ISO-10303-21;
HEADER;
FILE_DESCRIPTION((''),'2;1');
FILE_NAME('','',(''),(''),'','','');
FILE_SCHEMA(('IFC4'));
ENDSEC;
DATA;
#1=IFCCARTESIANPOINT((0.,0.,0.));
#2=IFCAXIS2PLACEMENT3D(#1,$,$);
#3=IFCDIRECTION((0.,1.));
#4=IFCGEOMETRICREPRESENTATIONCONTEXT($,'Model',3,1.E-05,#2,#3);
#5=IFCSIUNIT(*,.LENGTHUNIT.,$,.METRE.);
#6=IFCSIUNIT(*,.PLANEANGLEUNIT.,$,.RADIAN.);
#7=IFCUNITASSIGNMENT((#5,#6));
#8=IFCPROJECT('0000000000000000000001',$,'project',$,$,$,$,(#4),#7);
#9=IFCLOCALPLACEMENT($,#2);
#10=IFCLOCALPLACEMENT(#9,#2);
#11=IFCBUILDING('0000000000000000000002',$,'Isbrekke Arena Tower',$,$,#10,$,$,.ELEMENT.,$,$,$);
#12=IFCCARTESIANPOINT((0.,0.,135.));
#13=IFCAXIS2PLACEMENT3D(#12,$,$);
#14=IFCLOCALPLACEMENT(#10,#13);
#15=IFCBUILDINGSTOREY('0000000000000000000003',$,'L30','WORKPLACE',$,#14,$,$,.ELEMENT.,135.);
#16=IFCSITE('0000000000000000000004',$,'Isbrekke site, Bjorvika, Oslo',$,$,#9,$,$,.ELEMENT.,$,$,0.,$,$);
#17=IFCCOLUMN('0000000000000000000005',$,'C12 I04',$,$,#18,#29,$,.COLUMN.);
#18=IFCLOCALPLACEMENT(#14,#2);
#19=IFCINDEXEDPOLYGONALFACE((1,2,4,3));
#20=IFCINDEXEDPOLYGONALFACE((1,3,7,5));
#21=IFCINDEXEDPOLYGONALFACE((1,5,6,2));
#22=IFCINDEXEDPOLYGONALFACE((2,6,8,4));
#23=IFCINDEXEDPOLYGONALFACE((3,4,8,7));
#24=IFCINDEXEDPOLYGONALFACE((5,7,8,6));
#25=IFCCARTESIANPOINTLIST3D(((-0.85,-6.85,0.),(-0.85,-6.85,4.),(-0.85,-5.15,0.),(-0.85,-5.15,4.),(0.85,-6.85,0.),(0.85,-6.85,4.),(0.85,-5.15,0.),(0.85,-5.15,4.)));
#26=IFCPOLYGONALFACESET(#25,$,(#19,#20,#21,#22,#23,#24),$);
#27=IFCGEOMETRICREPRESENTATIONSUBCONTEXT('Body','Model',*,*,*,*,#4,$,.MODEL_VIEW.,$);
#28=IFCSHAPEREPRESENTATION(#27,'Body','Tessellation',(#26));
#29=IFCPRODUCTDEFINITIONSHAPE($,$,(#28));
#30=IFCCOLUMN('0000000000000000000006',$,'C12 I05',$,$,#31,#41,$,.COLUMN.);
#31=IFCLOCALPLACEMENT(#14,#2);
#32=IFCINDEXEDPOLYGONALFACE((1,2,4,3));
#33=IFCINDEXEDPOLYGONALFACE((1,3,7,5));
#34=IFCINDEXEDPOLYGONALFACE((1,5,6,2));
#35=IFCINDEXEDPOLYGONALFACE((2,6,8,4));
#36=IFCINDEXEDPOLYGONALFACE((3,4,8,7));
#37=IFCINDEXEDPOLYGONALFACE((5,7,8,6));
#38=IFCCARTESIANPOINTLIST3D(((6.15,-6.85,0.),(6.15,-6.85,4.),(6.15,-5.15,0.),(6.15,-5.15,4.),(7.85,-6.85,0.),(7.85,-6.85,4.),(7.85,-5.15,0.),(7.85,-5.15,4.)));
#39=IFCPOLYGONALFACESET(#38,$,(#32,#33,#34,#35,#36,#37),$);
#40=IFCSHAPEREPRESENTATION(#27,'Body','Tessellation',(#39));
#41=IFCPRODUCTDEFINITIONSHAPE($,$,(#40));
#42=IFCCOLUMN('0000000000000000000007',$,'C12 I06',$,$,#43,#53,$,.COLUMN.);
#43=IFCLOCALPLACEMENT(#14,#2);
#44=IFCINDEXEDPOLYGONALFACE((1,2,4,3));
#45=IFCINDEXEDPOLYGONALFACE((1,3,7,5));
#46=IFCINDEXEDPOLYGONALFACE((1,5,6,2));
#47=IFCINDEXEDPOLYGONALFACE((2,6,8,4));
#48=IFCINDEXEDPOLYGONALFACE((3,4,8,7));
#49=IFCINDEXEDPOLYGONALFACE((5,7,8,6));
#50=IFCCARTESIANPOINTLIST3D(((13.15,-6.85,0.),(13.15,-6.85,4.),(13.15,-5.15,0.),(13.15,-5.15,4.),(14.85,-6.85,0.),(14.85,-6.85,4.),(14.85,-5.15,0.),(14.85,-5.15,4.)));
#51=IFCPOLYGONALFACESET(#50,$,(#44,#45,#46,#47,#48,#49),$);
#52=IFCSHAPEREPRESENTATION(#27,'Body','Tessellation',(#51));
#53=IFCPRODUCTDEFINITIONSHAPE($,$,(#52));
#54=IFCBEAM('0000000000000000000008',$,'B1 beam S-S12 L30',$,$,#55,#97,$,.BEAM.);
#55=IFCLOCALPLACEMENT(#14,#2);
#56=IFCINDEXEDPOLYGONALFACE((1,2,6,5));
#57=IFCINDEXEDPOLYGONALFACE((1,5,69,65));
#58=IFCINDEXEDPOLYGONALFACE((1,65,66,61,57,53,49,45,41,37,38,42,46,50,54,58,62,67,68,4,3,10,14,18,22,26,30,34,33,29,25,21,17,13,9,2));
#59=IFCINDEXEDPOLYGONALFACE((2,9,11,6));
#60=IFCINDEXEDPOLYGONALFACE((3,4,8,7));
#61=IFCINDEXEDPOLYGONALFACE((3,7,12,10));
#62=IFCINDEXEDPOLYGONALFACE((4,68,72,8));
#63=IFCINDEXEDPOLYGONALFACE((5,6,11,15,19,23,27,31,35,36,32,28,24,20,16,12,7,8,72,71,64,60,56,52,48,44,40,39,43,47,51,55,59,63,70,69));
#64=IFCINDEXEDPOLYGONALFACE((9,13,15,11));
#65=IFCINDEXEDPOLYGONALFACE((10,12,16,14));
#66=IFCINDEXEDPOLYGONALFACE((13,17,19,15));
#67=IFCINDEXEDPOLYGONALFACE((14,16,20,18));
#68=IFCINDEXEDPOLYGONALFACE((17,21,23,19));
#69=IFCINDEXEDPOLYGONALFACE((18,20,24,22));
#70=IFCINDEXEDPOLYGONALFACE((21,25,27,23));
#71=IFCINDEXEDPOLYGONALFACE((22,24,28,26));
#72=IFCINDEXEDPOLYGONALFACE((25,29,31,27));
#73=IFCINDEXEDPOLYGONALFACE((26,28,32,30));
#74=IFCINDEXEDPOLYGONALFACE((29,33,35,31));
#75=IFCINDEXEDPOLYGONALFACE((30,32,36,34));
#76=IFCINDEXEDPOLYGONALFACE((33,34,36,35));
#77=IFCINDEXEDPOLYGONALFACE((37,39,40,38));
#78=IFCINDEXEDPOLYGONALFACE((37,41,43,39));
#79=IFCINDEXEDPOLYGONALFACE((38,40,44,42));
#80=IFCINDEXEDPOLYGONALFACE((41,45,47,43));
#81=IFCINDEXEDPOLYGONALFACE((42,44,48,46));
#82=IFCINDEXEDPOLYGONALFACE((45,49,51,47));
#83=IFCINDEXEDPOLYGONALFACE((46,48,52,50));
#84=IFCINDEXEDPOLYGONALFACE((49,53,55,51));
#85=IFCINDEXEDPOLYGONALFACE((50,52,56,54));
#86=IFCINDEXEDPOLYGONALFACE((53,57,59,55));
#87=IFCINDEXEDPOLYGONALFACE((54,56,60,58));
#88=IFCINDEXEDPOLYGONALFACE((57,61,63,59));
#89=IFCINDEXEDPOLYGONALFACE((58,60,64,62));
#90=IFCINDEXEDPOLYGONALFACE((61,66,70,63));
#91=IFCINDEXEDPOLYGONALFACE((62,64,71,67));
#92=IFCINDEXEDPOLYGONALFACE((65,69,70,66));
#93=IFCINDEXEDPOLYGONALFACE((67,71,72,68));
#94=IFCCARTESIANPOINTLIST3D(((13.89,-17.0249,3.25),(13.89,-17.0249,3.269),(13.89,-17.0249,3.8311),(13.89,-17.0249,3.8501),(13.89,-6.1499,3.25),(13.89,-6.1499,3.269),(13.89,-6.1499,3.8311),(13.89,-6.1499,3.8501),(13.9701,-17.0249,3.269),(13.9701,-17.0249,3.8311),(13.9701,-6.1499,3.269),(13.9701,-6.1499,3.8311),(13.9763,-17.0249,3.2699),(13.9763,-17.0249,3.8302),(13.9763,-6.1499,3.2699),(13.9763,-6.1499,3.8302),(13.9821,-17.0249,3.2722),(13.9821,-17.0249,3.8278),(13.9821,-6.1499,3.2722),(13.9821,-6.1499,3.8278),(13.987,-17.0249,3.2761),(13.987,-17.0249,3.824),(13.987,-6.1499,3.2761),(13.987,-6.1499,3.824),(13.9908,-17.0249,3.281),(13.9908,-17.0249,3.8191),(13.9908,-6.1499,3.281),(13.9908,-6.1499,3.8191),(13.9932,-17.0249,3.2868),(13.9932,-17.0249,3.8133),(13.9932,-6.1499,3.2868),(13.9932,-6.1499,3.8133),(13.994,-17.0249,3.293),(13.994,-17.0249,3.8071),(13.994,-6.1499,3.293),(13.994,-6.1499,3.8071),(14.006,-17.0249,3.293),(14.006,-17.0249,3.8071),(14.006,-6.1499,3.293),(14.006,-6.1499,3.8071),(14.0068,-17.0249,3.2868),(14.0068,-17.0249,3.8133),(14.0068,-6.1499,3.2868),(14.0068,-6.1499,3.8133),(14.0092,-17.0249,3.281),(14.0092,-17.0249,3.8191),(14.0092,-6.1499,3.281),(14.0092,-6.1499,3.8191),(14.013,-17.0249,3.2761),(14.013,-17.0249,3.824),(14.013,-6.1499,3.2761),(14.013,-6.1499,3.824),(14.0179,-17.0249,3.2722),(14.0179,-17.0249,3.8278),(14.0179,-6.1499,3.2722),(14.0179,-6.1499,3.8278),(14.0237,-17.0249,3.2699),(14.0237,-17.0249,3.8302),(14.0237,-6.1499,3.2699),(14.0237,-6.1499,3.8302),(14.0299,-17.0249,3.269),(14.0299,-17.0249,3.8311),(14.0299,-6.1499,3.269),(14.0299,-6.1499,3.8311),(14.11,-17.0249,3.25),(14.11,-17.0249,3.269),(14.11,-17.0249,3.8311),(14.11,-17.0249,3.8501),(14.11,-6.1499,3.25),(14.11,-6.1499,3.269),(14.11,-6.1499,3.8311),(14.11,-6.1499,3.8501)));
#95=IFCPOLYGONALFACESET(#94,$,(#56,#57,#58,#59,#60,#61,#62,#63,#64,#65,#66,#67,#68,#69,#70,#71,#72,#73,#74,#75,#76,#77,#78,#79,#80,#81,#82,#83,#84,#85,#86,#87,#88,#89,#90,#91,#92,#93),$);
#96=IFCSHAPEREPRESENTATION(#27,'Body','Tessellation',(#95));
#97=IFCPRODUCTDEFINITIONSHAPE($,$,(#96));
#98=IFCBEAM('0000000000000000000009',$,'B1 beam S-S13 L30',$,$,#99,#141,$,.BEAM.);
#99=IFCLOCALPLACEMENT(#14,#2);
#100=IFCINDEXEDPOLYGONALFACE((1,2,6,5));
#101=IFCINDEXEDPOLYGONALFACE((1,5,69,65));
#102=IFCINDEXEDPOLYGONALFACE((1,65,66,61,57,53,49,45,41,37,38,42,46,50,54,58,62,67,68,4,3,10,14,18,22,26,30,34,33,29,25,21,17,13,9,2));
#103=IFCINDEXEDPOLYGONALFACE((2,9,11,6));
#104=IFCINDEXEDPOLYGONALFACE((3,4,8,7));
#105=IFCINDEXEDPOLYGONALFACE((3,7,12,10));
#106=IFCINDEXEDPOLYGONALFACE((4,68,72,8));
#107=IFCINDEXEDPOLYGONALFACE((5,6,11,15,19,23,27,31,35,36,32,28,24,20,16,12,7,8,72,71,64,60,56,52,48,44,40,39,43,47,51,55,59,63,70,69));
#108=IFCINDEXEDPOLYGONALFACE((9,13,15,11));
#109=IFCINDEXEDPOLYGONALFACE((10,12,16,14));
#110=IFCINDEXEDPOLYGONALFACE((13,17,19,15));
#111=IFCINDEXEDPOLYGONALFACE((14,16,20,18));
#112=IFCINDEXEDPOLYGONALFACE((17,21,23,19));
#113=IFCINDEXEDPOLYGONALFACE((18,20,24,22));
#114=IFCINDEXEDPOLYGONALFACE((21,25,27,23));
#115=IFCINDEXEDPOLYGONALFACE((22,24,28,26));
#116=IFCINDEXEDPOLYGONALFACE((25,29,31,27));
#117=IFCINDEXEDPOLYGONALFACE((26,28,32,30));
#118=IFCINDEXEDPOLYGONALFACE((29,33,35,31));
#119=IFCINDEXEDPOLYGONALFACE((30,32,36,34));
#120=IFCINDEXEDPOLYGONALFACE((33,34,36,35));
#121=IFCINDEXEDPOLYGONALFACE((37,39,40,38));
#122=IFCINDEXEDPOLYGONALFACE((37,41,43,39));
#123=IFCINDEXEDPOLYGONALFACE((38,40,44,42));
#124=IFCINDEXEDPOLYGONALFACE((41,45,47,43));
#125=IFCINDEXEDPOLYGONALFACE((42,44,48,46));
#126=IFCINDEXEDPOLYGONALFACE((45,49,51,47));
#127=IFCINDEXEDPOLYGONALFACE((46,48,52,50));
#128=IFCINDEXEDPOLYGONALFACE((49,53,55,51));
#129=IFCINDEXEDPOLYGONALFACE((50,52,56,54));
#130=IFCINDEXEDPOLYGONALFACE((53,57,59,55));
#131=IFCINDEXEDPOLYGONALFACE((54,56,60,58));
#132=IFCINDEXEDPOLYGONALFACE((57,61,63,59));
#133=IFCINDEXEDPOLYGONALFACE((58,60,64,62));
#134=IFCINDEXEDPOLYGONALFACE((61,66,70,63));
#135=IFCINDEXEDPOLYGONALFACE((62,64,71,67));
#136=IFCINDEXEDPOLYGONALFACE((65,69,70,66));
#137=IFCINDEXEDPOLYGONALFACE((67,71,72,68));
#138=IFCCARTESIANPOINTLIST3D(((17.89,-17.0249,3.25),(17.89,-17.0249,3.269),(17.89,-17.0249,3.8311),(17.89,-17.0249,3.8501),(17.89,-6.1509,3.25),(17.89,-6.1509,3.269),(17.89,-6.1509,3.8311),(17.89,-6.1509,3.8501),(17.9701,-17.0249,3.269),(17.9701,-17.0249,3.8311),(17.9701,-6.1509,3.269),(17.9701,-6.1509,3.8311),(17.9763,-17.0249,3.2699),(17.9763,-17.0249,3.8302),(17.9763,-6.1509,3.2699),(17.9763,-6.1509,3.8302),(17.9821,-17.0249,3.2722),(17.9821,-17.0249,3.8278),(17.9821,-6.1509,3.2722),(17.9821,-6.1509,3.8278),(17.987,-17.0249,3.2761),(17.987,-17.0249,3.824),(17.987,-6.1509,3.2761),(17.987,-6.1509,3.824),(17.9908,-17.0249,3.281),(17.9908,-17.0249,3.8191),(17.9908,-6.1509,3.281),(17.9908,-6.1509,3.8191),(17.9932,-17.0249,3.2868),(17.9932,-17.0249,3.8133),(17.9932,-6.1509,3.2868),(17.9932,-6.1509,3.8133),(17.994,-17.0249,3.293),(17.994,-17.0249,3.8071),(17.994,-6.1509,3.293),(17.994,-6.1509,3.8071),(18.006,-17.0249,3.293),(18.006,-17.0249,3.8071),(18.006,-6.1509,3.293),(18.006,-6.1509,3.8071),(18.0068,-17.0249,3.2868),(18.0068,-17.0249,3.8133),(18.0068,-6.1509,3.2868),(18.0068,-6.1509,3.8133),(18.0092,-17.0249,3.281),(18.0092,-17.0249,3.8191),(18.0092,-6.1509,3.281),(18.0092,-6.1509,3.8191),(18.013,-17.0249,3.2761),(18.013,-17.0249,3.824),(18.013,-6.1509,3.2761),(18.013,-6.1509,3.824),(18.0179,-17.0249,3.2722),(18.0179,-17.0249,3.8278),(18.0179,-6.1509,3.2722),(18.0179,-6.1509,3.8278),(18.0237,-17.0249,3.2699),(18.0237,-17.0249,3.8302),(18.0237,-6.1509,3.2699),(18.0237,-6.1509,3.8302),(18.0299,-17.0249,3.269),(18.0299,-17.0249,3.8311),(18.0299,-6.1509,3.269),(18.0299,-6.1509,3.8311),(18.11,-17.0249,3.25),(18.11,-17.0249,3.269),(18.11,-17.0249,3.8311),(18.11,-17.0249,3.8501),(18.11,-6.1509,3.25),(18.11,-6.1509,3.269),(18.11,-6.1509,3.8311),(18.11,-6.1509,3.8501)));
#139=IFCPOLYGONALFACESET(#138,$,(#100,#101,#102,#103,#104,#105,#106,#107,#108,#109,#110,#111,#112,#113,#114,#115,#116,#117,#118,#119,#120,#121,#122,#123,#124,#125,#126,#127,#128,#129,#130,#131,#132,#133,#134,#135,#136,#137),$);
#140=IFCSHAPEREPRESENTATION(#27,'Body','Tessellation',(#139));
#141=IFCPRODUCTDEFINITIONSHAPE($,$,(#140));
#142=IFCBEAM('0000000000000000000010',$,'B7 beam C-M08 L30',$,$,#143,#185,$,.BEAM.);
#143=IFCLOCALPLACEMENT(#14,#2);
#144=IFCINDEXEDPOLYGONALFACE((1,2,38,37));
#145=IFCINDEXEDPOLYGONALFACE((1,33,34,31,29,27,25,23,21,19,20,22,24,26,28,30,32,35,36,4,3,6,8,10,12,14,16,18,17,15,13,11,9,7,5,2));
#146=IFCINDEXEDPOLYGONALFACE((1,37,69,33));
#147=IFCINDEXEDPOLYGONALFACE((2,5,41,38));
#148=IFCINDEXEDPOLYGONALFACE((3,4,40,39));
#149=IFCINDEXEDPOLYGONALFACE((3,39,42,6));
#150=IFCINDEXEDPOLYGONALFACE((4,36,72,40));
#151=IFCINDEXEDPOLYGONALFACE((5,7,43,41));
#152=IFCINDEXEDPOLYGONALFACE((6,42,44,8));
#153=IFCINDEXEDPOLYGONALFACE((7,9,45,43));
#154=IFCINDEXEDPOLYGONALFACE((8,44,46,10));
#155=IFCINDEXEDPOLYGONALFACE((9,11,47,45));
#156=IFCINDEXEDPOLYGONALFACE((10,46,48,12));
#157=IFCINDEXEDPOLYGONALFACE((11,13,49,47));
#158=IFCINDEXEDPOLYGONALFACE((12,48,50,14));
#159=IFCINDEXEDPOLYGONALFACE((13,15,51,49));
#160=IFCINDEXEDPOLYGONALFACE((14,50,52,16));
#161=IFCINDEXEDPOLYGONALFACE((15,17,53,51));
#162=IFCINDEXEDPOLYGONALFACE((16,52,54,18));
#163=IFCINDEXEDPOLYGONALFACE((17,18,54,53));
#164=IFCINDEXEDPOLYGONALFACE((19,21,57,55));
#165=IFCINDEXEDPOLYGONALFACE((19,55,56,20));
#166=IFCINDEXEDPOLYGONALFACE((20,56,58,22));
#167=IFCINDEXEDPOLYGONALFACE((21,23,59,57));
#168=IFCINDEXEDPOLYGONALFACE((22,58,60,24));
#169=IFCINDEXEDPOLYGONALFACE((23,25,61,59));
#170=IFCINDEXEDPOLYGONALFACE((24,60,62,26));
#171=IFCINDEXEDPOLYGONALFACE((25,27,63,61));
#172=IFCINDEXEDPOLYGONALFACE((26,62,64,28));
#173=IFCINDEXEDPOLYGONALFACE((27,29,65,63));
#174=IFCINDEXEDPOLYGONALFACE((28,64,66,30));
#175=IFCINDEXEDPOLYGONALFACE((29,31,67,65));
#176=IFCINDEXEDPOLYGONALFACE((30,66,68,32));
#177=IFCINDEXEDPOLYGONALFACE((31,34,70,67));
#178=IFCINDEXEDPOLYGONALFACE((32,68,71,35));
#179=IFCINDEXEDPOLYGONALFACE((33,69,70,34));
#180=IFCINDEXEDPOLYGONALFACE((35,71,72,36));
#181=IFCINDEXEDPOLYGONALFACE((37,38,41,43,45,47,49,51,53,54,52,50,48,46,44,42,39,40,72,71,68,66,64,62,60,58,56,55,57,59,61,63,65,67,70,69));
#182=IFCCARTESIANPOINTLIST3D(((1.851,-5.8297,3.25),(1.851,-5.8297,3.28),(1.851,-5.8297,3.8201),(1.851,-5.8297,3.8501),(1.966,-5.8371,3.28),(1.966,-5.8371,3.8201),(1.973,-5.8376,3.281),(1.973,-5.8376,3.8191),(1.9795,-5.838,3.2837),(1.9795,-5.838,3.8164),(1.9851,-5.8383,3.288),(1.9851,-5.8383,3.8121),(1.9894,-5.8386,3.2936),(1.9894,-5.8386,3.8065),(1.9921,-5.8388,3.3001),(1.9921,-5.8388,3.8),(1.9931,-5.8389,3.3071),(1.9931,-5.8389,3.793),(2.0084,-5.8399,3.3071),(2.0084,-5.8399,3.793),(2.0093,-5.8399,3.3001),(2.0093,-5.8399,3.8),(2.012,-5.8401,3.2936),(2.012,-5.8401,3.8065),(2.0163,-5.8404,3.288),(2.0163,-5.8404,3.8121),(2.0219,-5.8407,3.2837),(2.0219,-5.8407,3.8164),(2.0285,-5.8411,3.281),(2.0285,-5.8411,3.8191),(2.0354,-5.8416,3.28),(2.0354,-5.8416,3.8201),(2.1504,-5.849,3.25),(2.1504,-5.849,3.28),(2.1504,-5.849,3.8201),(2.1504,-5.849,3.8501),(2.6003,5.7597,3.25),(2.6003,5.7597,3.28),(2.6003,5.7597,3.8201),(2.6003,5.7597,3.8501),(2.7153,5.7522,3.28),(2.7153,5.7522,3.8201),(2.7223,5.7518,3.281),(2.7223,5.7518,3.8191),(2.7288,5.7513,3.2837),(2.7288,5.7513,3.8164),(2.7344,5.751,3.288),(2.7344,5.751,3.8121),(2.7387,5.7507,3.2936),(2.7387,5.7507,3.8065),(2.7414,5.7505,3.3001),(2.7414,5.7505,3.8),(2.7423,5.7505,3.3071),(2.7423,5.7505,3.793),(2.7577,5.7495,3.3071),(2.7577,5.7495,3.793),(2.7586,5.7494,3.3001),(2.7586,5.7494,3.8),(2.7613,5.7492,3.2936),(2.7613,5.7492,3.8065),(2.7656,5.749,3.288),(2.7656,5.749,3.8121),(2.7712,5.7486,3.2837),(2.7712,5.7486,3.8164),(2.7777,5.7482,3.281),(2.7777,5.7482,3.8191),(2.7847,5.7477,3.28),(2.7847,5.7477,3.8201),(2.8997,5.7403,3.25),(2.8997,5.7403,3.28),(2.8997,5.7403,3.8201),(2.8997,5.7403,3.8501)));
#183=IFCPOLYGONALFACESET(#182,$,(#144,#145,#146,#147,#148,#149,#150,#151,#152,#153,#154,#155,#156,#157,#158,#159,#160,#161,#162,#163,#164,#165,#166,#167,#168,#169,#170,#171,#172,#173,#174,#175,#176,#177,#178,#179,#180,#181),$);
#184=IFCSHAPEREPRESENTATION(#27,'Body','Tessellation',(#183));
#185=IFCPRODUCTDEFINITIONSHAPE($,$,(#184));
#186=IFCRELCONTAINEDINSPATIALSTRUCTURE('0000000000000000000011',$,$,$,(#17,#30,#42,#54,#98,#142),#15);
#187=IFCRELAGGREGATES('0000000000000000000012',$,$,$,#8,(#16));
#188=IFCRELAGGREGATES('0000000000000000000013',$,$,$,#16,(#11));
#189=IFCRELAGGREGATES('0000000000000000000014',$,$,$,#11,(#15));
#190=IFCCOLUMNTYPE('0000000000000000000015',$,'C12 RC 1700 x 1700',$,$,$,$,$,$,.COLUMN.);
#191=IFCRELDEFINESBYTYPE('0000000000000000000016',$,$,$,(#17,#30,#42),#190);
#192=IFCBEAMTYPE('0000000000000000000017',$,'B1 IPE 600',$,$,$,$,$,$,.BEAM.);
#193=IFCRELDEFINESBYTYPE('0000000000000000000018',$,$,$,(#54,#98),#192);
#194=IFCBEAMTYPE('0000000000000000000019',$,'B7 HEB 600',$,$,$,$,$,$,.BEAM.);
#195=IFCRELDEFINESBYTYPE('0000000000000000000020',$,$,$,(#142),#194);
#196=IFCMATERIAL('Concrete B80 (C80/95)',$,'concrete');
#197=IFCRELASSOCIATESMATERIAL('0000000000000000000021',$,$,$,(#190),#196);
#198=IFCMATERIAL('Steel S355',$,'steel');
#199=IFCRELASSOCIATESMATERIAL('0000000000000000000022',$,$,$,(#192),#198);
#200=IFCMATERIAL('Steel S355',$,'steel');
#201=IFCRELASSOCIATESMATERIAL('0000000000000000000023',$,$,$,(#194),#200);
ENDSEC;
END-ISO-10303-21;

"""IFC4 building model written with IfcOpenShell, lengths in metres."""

from ifc_helpers import new_model, si_unit, direction, frame, origin, origin_2d, place, context, subcontext, project, spatial, rectangle, i_section, extrude, material, material_profile, profile_set, type_object, element, save


model = new_model("IFC4")

# Units and contexts
model_context = context("Model", 3, precision=1e-05, world=origin(), true_north=direction((0.0, 1.0)))
body_context = subcontext(model_context, "Body", "Model", "MODEL_VIEW")
ifc_project = project(units=[si_unit("LENGTHUNIT", "METRE"), si_unit("PLANEANGLEUNIT", "RADIAN")], contexts=[model_context])

# Site, building, storey
site_placement = place(None, origin())
site = spatial("IfcSite", under=ifc_project, at=site_placement, Name="Isbrekke site, Bjorvika, Oslo", CompositionType="ELEMENT", RefElevation=0.0)
building_placement = place(site_placement, origin())
building = spatial("IfcBuilding", under=site, at=building_placement, Name="Isbrekke Arena Tower", CompositionType="ELEMENT")
storey_placement = place(building_placement, frame((0.0, 0.0, 135.0)))
storey = spatial("IfcBuildingStorey", under=building, at=storey_placement, Name="L30", Description="WORKPLACE", CompositionType="ELEMENT", Elevation=135.0)

# Columns
ifc_material_1 = material(Name="Concrete B80 (C80/95)", Category="concrete")
ifc_material_profile_1 = material_profile(ifc_material_1, rectangle(XDim=1.7, YDim=1.7, at=origin_2d()), Name="RC 1700x1700")
ifc_profile_set_1 = profile_set([ifc_material_profile_1], Name="Concrete B80 (C80/95)")
column_type = type_object("IfcColumnType", Name="C12 RC 1700 x 1700", PredefinedType="COLUMN", material=ifc_profile_set_1)
for number, where, z_axis, x_axis, name in (
    (1, (0.0, -6.0, 0.0), (0.0, 0.0, 1.0), (1.0, 0.0, 0.0), "C12 I04"),
    (2, (7.0, -6.0, 0.0), (0.0, 0.0, 1.0), (1.0, 0.0, 0.0), "C12 I05"),
    (3, (14.0, -6.0, 0.0), (0.0, 0.0, 1.0), (1.0, 0.0, 0.0), "C12 I06"),
):
    element("IfcColumn", number, at=place(storey_placement, frame(where, z_axis=z_axis, x_axis=x_axis)), inside=storey, type_object=column_type, Name=name, PredefinedType="COLUMN", context=body_context, shape_type="SweptSolid", body=[
        extrude(rectangle(XDim=1.7, YDim=1.7, at=origin_2d()), origin(), (0.0, 0.0, 1.0), 4.0),
    ])

# Beams
ifc_material_2 = material(Name="Steel S355", Category="steel")
ifc_material_profile_2 = material_profile(ifc_material_2, i_section(OverallWidth=0.22, OverallDepth=0.6001, WebThickness=0.012, FlangeThickness=0.019, FilletRadius=0.0239, at=origin_2d()), Name="IPE 600")
ifc_profile_set_2 = profile_set([ifc_material_profile_2], Name="Steel S355")
beam_type_1 = type_object("IfcBeamType", Name="B1 IPE 600", PredefinedType="BEAM", material=ifc_profile_set_2)
beam_1_placement = place(storey_placement, frame((14.0, -17.0249, 3.55), z_axis=(0.0, 1.0, 0.0), x_axis=(-1.0, 0.0, 0.0)))
element("IfcBeam", 4, at=beam_1_placement, inside=storey, type_object=beam_type_1, Name="B1 beam S-S12 L30", PredefinedType="BEAM", context=body_context, shape_type="SweptSolid", body=[
    extrude(i_section(OverallWidth=0.22, OverallDepth=0.6001, WebThickness=0.012, FlangeThickness=0.019, FilletRadius=0.0239, at=origin_2d()), origin(), (0.0, 0.0, 1.0), 10.875),
])
beam_2_placement = place(storey_placement, frame((18.0, -17.0249, 3.55), z_axis=(0.0, 1.0, 0.0), x_axis=(-1.0, 0.0, 0.0)))
element("IfcBeam", 5, at=beam_2_placement, inside=storey, type_object=beam_type_1, Name="B1 beam S-S13 L30", PredefinedType="BEAM", context=body_context, shape_type="SweptSolid", body=[
    extrude(i_section(OverallWidth=0.22, OverallDepth=0.6001, WebThickness=0.012, FlangeThickness=0.019, FilletRadius=0.0239, at=origin_2d()), origin(), (0.0, 0.0, 1.0), 10.874),
])
ifc_material_3 = material(Name="Steel S355", Category="steel")
ifc_material_profile_3 = material_profile(ifc_material_3, i_section(OverallWidth=0.3, OverallDepth=0.6001, WebThickness=0.0154, FlangeThickness=0.03, FilletRadius=0.0271, at=origin_2d()), Name="HEB 600")
ifc_profile_set_3 = profile_set([ifc_material_profile_3], Name="Steel S355")
beam_type_2 = type_object("IfcBeamType", Name="B7 HEB 600", PredefinedType="BEAM", material=ifc_profile_set_3)
beam_3_placement = place(storey_placement, frame((2.0007, -5.8394, 3.55), z_axis=(0.064517, 0.997917, 0.0), x_axis=(-0.997917, 0.064517, 0.0)))
element("IfcBeam", 6, at=beam_3_placement, inside=storey, type_object=beam_type_2, Name="B7 beam C-M08 L30", PredefinedType="BEAM", context=body_context, shape_type="SweptSolid", body=[
    extrude(i_section(OverallWidth=0.3, OverallDepth=0.6001, WebThickness=0.0154, FlangeThickness=0.03, FilletRadius=0.0271, at=origin_2d()), origin(), (0.0, 0.0, 1.0), 11.6135),
])

save(model, "model.ifc")
